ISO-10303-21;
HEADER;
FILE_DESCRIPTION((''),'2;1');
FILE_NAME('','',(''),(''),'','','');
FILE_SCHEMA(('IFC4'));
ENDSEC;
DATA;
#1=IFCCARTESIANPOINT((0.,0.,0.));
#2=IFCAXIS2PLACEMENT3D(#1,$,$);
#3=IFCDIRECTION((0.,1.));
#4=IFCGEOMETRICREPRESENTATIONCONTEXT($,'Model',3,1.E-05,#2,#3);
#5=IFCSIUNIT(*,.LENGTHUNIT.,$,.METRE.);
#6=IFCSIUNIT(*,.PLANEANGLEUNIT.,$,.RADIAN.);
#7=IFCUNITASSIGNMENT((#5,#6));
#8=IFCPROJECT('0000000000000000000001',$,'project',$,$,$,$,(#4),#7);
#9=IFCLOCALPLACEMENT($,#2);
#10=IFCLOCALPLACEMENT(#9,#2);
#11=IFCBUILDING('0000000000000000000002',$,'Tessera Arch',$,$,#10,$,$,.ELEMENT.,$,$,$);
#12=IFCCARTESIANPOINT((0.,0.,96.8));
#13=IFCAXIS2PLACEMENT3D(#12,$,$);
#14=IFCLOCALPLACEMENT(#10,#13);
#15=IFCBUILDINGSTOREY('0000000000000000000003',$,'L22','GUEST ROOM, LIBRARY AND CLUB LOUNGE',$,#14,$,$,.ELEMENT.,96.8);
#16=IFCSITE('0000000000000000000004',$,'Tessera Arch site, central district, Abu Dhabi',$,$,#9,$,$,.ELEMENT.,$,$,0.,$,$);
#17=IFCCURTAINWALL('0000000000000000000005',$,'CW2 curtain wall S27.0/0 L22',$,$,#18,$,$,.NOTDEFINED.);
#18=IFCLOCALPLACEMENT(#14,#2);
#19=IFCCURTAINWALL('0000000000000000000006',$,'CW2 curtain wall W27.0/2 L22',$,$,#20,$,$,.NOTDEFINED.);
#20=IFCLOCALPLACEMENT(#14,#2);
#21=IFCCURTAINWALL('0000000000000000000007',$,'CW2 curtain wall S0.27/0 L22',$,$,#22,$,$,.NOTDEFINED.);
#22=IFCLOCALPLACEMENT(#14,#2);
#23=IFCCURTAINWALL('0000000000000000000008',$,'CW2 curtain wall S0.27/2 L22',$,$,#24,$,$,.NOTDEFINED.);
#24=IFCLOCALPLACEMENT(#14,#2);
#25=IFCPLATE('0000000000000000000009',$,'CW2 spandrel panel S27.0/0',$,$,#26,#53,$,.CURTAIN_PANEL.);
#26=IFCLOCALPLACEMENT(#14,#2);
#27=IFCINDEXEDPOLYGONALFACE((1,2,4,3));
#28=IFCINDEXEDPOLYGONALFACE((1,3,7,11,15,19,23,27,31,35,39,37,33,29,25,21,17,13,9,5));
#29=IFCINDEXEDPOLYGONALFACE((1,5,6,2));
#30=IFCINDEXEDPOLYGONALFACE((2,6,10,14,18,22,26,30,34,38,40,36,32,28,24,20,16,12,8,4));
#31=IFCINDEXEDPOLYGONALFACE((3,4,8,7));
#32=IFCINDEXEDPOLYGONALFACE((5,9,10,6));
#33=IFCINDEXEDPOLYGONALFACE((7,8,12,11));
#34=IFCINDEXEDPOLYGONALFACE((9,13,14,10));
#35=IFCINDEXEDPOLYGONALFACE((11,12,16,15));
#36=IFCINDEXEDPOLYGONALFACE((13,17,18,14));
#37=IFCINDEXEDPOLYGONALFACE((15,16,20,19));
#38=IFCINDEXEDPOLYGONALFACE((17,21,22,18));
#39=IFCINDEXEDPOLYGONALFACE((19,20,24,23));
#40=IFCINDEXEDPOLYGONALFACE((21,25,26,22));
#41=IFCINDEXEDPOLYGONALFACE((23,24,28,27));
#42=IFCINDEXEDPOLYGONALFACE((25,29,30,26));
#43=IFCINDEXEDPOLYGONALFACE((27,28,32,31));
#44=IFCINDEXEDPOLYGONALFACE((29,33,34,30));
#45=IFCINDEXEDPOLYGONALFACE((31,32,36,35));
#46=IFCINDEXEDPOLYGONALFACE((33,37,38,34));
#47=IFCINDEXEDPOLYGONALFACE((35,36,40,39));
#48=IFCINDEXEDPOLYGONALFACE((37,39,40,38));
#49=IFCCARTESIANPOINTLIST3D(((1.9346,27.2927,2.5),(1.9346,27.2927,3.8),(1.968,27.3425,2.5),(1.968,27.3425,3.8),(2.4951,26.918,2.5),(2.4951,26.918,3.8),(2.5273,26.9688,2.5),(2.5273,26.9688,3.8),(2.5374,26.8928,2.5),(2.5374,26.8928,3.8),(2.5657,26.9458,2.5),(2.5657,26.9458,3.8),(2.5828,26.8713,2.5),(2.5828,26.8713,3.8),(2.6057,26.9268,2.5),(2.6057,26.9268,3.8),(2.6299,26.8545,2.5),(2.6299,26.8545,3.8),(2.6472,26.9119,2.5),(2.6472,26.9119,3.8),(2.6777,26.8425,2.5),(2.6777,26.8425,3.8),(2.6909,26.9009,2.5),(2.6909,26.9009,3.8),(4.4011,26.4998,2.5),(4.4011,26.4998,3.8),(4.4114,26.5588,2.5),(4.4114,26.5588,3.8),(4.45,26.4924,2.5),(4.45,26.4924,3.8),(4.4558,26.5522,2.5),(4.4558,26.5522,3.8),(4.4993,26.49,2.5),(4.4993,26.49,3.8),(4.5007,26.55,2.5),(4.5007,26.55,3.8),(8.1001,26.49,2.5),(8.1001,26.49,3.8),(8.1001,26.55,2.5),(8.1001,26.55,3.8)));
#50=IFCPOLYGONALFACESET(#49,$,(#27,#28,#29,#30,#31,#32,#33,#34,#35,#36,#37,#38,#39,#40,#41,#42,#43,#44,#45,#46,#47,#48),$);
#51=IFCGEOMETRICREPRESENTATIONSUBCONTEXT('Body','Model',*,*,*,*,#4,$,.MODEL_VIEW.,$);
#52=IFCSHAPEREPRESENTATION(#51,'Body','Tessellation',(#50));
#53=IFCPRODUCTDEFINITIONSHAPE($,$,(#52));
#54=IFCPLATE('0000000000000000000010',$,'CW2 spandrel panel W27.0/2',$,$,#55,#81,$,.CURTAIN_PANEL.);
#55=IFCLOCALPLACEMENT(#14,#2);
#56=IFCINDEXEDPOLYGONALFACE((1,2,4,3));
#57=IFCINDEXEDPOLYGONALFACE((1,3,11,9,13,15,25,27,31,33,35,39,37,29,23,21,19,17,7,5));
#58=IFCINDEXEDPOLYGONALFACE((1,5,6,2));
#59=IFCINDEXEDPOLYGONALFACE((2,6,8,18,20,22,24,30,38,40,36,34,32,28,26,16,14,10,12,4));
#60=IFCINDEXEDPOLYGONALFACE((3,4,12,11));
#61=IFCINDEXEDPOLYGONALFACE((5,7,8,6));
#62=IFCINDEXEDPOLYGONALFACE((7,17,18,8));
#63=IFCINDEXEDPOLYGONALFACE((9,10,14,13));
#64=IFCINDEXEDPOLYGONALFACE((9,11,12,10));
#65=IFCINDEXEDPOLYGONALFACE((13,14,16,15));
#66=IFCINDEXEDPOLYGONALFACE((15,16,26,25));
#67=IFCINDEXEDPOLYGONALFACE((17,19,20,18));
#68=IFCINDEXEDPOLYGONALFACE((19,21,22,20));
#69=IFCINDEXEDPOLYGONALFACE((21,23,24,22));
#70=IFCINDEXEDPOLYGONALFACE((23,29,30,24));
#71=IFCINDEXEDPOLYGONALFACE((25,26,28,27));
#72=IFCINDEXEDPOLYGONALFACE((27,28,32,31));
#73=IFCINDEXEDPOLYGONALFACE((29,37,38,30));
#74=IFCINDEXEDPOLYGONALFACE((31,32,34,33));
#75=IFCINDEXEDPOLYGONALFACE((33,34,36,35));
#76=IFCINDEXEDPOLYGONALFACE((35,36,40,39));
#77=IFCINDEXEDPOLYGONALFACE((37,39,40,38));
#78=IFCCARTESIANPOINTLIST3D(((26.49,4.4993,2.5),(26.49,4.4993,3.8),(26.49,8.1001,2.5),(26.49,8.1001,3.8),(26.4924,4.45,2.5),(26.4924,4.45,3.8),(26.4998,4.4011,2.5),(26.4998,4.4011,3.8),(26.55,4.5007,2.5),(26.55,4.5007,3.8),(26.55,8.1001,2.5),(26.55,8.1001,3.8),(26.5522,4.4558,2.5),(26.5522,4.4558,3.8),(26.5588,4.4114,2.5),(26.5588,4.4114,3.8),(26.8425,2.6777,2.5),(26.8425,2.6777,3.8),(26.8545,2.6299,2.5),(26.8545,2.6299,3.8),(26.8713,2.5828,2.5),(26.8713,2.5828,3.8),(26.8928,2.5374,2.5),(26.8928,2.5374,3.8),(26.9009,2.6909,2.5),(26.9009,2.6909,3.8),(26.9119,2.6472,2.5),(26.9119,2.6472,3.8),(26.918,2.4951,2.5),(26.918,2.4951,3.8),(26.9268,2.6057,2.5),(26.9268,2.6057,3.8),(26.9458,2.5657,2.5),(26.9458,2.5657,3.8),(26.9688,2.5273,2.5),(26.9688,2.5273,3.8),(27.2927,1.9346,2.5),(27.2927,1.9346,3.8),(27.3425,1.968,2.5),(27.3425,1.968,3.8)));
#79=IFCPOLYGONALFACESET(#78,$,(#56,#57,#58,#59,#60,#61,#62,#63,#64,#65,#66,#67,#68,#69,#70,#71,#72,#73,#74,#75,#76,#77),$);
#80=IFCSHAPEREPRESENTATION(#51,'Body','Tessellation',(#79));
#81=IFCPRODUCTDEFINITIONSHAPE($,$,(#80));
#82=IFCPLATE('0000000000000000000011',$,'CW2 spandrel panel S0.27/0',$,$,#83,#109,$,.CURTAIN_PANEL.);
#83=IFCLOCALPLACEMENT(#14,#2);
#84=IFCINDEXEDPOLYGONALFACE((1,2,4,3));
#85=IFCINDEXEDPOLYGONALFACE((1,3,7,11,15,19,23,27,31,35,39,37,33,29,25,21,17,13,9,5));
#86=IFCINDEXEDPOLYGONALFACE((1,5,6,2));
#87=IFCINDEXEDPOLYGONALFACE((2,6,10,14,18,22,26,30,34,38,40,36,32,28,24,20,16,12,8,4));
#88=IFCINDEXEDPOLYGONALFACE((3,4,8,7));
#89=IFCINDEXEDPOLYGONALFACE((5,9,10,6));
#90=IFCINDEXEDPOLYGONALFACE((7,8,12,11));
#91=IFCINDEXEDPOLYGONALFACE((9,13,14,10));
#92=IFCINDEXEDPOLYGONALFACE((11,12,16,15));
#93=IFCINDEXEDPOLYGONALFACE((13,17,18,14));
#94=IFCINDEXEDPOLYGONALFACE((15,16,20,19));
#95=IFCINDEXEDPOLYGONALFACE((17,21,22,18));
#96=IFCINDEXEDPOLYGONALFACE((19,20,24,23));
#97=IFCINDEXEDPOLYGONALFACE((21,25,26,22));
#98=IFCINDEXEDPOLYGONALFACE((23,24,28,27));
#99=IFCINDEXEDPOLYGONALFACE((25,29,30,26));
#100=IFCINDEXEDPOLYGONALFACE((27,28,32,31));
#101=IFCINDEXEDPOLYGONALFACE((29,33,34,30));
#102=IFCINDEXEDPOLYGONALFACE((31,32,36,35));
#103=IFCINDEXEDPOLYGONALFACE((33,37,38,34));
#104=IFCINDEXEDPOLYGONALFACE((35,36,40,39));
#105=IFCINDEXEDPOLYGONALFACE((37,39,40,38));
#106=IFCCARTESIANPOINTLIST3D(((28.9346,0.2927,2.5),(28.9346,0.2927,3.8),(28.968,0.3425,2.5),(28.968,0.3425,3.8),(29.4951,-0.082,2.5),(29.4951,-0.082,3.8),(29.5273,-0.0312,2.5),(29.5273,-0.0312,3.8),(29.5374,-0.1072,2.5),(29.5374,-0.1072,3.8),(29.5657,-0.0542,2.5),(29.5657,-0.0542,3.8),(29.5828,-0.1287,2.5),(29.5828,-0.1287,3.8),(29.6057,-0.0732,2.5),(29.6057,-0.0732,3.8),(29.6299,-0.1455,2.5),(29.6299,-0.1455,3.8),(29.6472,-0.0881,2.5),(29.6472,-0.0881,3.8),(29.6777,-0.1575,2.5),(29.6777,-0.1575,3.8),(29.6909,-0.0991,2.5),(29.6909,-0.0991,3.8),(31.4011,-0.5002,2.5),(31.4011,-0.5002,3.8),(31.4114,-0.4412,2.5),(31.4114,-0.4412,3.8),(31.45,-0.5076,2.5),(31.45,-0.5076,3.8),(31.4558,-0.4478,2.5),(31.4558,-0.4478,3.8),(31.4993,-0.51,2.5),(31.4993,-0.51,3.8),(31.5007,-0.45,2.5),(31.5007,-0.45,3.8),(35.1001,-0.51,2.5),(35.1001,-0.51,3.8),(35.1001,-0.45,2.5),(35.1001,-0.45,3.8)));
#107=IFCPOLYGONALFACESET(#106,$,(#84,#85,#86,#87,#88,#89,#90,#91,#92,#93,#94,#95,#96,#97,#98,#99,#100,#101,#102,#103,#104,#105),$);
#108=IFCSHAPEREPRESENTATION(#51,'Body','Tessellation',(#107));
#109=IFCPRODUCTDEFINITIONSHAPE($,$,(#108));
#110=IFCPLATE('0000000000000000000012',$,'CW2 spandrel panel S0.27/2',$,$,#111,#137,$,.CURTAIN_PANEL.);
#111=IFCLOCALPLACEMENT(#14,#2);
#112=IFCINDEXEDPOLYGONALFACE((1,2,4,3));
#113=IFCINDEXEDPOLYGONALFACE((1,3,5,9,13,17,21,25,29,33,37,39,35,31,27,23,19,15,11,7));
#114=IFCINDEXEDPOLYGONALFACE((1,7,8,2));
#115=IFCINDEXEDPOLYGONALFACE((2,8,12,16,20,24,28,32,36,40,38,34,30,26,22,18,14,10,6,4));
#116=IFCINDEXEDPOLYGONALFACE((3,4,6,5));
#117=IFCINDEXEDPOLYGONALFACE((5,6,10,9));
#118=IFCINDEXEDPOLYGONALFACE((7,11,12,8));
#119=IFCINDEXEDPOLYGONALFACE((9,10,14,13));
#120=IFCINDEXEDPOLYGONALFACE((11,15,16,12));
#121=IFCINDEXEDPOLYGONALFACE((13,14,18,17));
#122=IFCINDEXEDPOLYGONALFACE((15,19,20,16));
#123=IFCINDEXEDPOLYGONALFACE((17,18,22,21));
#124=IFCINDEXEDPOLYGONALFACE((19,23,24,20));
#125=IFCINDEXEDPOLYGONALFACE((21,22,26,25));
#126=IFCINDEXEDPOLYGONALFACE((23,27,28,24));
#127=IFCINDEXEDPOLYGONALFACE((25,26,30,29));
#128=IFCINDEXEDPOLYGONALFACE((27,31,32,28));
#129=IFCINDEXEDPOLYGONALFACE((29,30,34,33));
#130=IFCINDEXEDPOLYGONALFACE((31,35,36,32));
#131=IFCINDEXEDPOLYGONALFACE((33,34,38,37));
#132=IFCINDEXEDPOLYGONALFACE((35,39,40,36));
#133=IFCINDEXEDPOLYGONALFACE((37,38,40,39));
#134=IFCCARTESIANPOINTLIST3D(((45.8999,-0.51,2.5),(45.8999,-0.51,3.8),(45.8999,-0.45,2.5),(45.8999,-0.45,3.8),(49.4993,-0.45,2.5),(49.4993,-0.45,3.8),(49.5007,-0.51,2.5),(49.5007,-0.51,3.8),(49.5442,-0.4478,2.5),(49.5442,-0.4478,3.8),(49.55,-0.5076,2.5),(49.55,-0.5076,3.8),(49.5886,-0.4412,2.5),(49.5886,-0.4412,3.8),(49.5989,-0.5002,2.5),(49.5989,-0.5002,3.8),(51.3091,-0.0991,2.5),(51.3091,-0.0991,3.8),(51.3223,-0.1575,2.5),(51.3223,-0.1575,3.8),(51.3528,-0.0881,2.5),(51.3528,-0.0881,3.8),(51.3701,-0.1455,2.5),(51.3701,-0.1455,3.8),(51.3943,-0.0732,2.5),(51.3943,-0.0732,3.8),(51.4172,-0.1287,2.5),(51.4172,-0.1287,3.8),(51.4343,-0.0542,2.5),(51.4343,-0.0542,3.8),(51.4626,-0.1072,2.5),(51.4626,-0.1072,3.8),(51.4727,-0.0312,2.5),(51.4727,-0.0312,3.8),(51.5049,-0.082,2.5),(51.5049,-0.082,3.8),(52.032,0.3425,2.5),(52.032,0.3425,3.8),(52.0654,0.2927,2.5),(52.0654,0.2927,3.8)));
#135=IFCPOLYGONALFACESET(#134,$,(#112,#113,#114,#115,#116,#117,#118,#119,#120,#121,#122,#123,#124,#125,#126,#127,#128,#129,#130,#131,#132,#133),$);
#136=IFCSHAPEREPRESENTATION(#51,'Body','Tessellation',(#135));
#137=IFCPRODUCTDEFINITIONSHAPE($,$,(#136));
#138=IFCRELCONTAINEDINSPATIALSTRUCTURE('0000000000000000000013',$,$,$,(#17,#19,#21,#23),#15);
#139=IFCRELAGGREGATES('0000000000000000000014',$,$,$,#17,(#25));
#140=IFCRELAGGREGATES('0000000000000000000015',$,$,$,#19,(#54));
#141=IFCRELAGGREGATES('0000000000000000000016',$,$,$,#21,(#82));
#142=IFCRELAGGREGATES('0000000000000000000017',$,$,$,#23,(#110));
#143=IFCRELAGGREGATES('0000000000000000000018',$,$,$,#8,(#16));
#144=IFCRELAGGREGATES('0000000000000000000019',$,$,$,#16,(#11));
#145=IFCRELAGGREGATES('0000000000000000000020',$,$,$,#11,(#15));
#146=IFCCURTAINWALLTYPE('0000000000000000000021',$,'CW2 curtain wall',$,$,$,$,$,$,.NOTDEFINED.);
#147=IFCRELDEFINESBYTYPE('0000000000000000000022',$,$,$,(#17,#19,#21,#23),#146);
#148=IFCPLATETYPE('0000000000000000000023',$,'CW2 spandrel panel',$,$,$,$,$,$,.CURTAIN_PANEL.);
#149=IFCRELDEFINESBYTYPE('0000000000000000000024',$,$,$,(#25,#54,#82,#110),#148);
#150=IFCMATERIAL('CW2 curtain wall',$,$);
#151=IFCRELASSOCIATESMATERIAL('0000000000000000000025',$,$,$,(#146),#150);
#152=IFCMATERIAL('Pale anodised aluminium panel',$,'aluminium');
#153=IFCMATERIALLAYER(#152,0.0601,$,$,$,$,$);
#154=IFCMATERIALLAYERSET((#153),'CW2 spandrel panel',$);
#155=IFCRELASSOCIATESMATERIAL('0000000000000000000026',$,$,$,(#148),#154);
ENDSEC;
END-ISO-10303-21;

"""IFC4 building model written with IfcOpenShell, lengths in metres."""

from ifc_helpers import new_model, si_unit, direction, frame, origin, place, context, subcontext, project, spatial, polyline, outline, extrude, material, layer, layer_set, type_object, element, aggregate, save


model = new_model("IFC4")

# Units and contexts
model_context = context("Model", 3, precision=1e-05, world=origin(), true_north=direction((0.0, 1.0)))
body_context = subcontext(model_context, "Body", "Model", "MODEL_VIEW")
ifc_project = project(units=[si_unit("LENGTHUNIT", "METRE"), si_unit("PLANEANGLEUNIT", "RADIAN")], contexts=[model_context])

# Site, building, storey
site_placement = place(None, origin())
site = spatial("IfcSite", under=ifc_project, at=site_placement, Name="Tessera Arch site, central district, Abu Dhabi", CompositionType="ELEMENT", RefElevation=0.0)
building_placement = place(site_placement, origin())
building = spatial("IfcBuilding", under=site, at=building_placement, Name="Tessera Arch", CompositionType="ELEMENT")
storey_placement = place(building_placement, frame((0.0, 0.0, 96.8)))
storey = spatial("IfcBuildingStorey", under=building, at=storey_placement, Name="L22", Description="GUEST ROOM, LIBRARY AND CLUB LOUNGE", CompositionType="ELEMENT", Elevation=96.8)

# Curtain walls
ifc_material_1 = material(Name="CW2 curtain wall")
curtain_wall_type = type_object("IfcCurtainWallType", Name="CW2 curtain wall", PredefinedType="NOTDEFINED", material=ifc_material_1)
curtain_wall_1_placement = place(storey_placement, origin())
curtain_wall_1 = element("IfcCurtainWall", 1, at=curtain_wall_1_placement, inside=storey, type_object=curtain_wall_type, Name="CW2 curtain wall S27.0/0 L22", PredefinedType="NOTDEFINED")
curtain_wall_2_placement = place(storey_placement, origin())
curtain_wall_2 = element("IfcCurtainWall", 2, at=curtain_wall_2_placement, inside=storey, type_object=curtain_wall_type, Name="CW2 curtain wall W27.0/2 L22", PredefinedType="NOTDEFINED")
curtain_wall_3_placement = place(storey_placement, origin())
curtain_wall_3 = element("IfcCurtainWall", 3, at=curtain_wall_3_placement, inside=storey, type_object=curtain_wall_type, Name="CW2 curtain wall S0.27/0 L22", PredefinedType="NOTDEFINED")
curtain_wall_4_placement = place(storey_placement, origin())
curtain_wall_4 = element("IfcCurtainWall", 4, at=curtain_wall_4_placement, inside=storey, type_object=curtain_wall_type, Name="CW2 curtain wall S0.27/2 L22", PredefinedType="NOTDEFINED")

# Plates
ifc_material_2 = material(Name="Pale anodised aluminium panel", Category="aluminium")
ifc_layer_1 = layer(ifc_material_2, 0.0601)
ifc_layer_set_1 = layer_set([ifc_layer_1], Name="CW2 spandrel panel")
plate_type_1 = type_object("IfcPlateType", Name="CW2 spandrel panel", PredefinedType="CURTAIN_PANEL", material=ifc_layer_set_1)
plate_1_placement = place(storey_placement, frame((0.0, 0.0, 2.5)))
plate_1 = element("IfcPlate", 5, at=plate_1_placement, type_object=plate_type_1, Name="CW2 spandrel panel S27.0/0", PredefinedType="CURTAIN_PANEL", context=body_context, shape_type="SweptSolid", body=[
    extrude(outline(polyline([(2.5273, 26.9688), (1.968, 27.3425), (1.9346, 27.2927), (2.4951, 26.918), (2.5374, 26.8928), (2.5828, 26.8713), (2.6299, 26.8545), (2.6777, 26.8425), (4.4011, 26.4998), (4.45, 26.4924), (4.4993, 26.49), (8.1001, 26.49), (8.1001, 26.55), (4.5007, 26.55), (4.4558, 26.5522), (4.4114, 26.5588), (2.6909, 26.9009), (2.6472, 26.9119), (2.6057, 26.9268), (2.5657, 26.9458), (2.5273, 26.9688)])), origin(), (0.0, 0.0, 1.0), 1.3),
])
aggregate(curtain_wall_1, [plate_1])
plate_2_placement = place(storey_placement, frame((0.0, 0.0, 2.5)))
plate_2 = element("IfcPlate", 6, at=plate_2_placement, type_object=plate_type_1, Name="CW2 spandrel panel W27.0/2", PredefinedType="CURTAIN_PANEL", context=body_context, shape_type="SweptSolid", body=[
    extrude(outline(polyline([(26.55, 4.5007), (26.55, 8.1001), (26.49, 8.1001), (26.49, 4.4993), (26.4924, 4.45), (26.4998, 4.4011), (26.8425, 2.6777), (26.8545, 2.6299), (26.8713, 2.5828), (26.8928, 2.5374), (26.918, 2.4951), (27.2927, 1.9346), (27.3425, 1.968), (26.9688, 2.5273), (26.9458, 2.5657), (26.9268, 2.6057), (26.9119, 2.6472), (26.9009, 2.6909), (26.5588, 4.4114), (26.5522, 4.4558), (26.55, 4.5007)])), origin(), (0.0, 0.0, 1.0), 1.3),
])
aggregate(curtain_wall_2, [plate_2])
plate_3_placement = place(storey_placement, frame((0.0, 0.0, 2.5)))
plate_3 = element("IfcPlate", 7, at=plate_3_placement, type_object=plate_type_1, Name="CW2 spandrel panel S0.27/0", PredefinedType="CURTAIN_PANEL", context=body_context, shape_type="SweptSolid", body=[
    extrude(outline(polyline([(29.5273, -0.0312), (28.968, 0.3425), (28.9346, 0.2927), (29.4951, -0.082), (29.5374, -0.1072), (29.5828, -0.1287), (29.6299, -0.1455), (29.6777, -0.1575), (31.4011, -0.5002), (31.45, -0.5076), (31.4993, -0.51), (35.1001, -0.51), (35.1001, -0.45), (31.5007, -0.45), (31.4558, -0.4478), (31.4114, -0.4412), (29.6909, -0.0991), (29.6472, -0.0881), (29.6057, -0.0732), (29.5657, -0.0542), (29.5273, -0.0312)])), origin(), (0.0, 0.0, 1.0), 1.3),
])
aggregate(curtain_wall_3, [plate_3])
plate_4_placement = place(storey_placement, frame((0.0, 0.0, 2.5)))
plate_4 = element("IfcPlate", 8, at=plate_4_placement, type_object=plate_type_1, Name="CW2 spandrel panel S0.27/2", PredefinedType="CURTAIN_PANEL", context=body_context, shape_type="SweptSolid", body=[
    extrude(outline(polyline([(49.4993, -0.45), (45.8999, -0.45), (45.8999, -0.51), (49.5007, -0.51), (49.55, -0.5076), (49.5989, -0.5002), (51.3223, -0.1575), (51.3701, -0.1455), (51.4172, -0.1287), (51.4626, -0.1072), (51.5049, -0.082), (52.0654, 0.2927), (52.032, 0.3425), (51.4727, -0.0312), (51.4343, -0.0542), (51.3943, -0.0732), (51.3528, -0.0881), (51.3091, -0.0991), (49.5886, -0.4412), (49.5442, -0.4478), (49.4993, -0.45)])), origin(), (0.0, 0.0, 1.0), 1.3),
])
aggregate(curtain_wall_4, [plate_4])

save(model, "model.ifc")
